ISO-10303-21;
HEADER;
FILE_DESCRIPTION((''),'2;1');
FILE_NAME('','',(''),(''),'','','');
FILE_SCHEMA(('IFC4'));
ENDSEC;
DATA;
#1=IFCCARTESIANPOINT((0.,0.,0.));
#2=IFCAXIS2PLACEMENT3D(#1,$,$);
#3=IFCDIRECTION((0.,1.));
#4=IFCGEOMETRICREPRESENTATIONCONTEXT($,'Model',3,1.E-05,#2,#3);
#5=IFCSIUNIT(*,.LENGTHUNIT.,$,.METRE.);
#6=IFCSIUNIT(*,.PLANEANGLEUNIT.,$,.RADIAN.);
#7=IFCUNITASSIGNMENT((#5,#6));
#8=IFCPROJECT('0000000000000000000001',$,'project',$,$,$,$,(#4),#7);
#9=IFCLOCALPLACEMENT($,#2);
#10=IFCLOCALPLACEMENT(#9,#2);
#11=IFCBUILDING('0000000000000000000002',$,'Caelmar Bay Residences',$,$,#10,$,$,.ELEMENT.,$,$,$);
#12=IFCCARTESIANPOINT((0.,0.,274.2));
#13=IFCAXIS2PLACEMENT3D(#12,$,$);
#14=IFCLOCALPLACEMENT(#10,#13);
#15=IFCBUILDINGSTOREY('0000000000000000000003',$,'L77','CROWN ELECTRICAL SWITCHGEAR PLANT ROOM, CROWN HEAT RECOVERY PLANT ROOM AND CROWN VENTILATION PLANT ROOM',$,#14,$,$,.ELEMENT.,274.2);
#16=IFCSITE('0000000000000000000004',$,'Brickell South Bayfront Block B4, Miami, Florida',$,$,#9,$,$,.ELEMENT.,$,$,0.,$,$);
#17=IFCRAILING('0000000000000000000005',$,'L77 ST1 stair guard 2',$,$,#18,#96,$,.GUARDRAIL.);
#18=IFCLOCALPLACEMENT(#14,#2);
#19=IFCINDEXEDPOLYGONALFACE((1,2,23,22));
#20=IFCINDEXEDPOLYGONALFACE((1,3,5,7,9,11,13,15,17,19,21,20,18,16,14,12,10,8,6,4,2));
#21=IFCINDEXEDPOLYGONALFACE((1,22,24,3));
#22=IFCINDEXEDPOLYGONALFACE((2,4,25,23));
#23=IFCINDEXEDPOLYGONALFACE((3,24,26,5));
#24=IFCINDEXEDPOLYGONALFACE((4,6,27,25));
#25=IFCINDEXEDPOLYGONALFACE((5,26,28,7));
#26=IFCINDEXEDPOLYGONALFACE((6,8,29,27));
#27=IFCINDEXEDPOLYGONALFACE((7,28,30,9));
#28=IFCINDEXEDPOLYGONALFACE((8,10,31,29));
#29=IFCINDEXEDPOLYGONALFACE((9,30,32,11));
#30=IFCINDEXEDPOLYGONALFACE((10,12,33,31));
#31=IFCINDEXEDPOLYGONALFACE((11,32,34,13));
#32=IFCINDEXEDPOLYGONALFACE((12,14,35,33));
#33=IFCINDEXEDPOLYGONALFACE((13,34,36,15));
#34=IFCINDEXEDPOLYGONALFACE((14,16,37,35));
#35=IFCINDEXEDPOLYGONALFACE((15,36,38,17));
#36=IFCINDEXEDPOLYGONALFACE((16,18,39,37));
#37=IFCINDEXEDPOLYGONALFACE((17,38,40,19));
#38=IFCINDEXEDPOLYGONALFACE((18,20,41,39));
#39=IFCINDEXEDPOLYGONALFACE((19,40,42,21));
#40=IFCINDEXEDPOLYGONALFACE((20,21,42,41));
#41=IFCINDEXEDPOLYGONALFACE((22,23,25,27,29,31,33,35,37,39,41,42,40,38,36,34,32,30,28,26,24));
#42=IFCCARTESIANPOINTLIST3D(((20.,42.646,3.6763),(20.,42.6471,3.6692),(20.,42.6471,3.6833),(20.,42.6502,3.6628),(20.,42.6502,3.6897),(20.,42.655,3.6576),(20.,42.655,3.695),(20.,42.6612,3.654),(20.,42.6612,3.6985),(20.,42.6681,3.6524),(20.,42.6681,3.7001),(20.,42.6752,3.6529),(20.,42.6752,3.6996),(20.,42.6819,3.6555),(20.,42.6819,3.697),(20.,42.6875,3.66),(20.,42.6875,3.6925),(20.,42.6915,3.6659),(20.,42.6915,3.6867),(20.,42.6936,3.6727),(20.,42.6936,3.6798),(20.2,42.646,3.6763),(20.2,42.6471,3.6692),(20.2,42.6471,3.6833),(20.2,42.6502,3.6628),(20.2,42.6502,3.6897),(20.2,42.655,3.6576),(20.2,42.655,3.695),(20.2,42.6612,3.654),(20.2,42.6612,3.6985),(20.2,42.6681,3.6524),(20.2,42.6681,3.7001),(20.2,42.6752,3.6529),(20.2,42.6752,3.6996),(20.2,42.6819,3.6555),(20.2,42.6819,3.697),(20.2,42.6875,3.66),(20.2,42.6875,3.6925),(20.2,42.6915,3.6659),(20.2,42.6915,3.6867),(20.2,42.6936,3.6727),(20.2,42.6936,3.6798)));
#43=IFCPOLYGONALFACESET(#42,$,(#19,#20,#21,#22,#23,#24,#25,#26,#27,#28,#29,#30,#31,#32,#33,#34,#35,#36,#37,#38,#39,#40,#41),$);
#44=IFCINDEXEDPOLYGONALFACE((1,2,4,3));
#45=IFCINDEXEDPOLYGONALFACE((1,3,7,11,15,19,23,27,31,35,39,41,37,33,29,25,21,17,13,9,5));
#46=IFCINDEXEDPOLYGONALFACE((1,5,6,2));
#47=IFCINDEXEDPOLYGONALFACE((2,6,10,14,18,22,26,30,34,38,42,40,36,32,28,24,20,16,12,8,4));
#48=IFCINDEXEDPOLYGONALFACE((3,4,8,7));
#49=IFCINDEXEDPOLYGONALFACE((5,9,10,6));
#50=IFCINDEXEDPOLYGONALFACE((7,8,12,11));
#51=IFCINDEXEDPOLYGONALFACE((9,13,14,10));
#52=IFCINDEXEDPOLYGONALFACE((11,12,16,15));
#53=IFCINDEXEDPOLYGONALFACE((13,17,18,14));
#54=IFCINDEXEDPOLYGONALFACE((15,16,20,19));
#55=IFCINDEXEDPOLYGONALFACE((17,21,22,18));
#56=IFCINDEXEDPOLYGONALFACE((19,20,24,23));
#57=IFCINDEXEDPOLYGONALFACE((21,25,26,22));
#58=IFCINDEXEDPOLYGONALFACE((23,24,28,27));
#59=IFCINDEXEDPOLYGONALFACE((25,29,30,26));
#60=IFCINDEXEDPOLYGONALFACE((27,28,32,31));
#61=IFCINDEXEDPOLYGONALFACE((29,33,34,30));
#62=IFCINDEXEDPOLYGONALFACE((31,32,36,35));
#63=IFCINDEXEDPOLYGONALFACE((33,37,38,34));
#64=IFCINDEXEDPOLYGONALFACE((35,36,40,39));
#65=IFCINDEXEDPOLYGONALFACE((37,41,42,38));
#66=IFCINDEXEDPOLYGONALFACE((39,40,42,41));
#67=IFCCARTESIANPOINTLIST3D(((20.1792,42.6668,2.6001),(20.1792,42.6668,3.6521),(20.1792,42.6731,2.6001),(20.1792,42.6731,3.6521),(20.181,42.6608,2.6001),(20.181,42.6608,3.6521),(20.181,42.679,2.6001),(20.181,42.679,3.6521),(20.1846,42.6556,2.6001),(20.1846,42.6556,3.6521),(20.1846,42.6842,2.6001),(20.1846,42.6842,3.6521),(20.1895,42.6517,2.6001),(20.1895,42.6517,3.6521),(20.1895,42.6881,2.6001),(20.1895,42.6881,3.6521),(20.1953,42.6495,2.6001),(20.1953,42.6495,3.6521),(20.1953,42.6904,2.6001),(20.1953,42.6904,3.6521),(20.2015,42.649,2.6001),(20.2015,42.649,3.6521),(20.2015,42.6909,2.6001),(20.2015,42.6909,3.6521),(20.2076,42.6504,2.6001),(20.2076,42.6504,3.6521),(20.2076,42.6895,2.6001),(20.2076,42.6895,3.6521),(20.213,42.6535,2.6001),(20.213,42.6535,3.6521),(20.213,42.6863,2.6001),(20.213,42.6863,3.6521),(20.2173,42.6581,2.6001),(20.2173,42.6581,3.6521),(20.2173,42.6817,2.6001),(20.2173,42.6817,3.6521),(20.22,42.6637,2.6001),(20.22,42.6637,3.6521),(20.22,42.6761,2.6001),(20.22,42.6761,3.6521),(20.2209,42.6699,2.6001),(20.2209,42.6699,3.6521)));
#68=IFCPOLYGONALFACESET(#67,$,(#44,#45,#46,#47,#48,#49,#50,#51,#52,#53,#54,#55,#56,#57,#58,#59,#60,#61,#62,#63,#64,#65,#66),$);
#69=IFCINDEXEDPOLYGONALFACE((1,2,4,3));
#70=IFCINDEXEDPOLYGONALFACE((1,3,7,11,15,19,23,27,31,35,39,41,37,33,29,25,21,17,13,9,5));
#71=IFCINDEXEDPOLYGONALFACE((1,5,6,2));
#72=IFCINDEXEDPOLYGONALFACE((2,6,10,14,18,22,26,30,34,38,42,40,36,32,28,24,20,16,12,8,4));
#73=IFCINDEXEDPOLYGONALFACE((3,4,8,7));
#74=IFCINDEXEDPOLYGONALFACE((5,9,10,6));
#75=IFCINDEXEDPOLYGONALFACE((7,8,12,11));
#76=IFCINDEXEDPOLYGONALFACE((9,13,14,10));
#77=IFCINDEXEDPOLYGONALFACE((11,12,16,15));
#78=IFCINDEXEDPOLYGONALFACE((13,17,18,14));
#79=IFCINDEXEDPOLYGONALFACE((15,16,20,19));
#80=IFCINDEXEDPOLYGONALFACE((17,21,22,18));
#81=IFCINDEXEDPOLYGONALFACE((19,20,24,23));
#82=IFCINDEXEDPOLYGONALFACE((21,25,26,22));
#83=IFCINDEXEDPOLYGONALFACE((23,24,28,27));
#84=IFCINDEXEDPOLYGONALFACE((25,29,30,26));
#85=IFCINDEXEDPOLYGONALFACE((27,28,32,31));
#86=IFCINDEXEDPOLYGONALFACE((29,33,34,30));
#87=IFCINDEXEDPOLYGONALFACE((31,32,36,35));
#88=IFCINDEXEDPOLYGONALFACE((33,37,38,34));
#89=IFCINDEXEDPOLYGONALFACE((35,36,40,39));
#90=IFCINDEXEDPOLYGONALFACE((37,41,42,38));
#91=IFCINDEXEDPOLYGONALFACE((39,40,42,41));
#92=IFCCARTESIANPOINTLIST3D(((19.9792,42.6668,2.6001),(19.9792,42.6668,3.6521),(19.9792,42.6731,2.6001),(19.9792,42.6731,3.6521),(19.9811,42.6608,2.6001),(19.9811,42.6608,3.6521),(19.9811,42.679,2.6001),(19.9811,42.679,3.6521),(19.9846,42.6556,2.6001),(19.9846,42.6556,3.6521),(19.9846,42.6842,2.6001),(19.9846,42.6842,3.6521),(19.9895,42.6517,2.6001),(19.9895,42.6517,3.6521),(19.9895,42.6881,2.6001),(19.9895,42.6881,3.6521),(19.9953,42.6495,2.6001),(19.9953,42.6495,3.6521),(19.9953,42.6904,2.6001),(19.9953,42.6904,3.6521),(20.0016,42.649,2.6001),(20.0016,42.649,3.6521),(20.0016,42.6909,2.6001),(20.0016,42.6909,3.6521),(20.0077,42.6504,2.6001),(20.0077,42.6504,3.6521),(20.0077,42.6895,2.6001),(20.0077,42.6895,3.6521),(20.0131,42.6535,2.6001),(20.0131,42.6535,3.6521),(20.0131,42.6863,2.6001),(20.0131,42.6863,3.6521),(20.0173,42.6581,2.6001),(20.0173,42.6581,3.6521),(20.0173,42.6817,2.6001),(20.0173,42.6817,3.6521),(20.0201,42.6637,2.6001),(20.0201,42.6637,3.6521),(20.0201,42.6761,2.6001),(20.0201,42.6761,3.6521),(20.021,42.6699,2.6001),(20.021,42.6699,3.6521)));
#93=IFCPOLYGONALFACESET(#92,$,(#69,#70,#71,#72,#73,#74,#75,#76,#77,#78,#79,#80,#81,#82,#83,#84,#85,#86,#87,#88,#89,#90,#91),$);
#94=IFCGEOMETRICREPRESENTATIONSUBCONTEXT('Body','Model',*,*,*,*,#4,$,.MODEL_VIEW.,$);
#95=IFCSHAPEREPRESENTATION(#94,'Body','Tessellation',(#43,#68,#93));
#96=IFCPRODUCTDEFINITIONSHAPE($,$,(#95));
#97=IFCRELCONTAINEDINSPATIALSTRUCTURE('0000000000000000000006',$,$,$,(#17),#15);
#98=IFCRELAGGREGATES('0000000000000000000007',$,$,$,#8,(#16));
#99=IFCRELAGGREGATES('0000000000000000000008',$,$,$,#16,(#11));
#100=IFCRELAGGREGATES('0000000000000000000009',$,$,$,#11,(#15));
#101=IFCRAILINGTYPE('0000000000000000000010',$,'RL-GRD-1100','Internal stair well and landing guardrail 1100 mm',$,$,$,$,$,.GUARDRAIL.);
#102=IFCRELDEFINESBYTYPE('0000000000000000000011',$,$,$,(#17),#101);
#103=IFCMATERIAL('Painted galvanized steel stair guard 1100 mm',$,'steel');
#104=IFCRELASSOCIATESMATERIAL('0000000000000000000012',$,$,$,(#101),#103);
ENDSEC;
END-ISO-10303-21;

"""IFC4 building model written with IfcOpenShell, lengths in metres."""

from ifc_helpers import new_model, si_unit, direction, frame, origin, origin_2d, place, context, subcontext, project, spatial, circle, extrude, material, type_object, element, save


model = new_model("IFC4")

# Units and contexts
model_context = context("Model", 3, precision=1e-05, world=origin(), true_north=direction((0.0, 1.0)))
body_context = subcontext(model_context, "Body", "Model", "MODEL_VIEW")
ifc_project = project(units=[si_unit("LENGTHUNIT", "METRE"), si_unit("PLANEANGLEUNIT", "RADIAN")], contexts=[model_context])

# Site, building, storey
site_placement = place(None, origin())
site = spatial("IfcSite", under=ifc_project, at=site_placement, Name="Brickell South Bayfront Block B4, Miami, Florida", CompositionType="ELEMENT", RefElevation=0.0)
building_placement = place(site_placement, origin())
building = spatial("IfcBuilding", under=site, at=building_placement, Name="Caelmar Bay Residences", CompositionType="ELEMENT")
storey_placement = place(building_placement, frame((0.0, 0.0, 274.2)))
storey = spatial("IfcBuildingStorey", under=building, at=storey_placement, Name="L77", Description="CROWN ELECTRICAL SWITCHGEAR PLANT ROOM, CROWN HEAT RECOVERY PLANT ROOM AND CROWN VENTILATION PLANT ROOM", CompositionType="ELEMENT", Elevation=274.2)

# Railing
ifc_material_1 = material(Name="Painted galvanized steel stair guard 1100 mm", Category="steel")
railing_type_1 = type_object("IfcRailingType", Name="RL-GRD-1100", Description="Internal stair well and landing guardrail 1100 mm", PredefinedType="GUARDRAIL", material=ifc_material_1)
railing_1_placement = place(storey_placement, frame((20.2, 42.6699, 2.6001)))
element("IfcRailing", 1, at=railing_1_placement, inside=storey, type_object=railing_type_1, Name="L77 ST1 stair guard 2", PredefinedType="GUARDRAIL", context=body_context, shape_type="SweptSolid", body=[
    extrude(circle(Radius=0.0239, at=origin_2d()), frame((0.0, 0.0, 1.0762), z_axis=(-1.0, 0.0, 0.0), x_axis=(0.0, -1.0, 0.0)), (0.0, 0.0, 1.0), 0.2),
    extrude(circle(Radius=0.021, at=origin_2d()), origin(), (0.0, 0.0, 1.0), 1.052),
    extrude(circle(Radius=0.021, at=origin_2d()), frame((-0.2, 0.0, 0.0)), (0.0, 0.0, 1.0), 1.052),
])

save(model, "model.ifc")
